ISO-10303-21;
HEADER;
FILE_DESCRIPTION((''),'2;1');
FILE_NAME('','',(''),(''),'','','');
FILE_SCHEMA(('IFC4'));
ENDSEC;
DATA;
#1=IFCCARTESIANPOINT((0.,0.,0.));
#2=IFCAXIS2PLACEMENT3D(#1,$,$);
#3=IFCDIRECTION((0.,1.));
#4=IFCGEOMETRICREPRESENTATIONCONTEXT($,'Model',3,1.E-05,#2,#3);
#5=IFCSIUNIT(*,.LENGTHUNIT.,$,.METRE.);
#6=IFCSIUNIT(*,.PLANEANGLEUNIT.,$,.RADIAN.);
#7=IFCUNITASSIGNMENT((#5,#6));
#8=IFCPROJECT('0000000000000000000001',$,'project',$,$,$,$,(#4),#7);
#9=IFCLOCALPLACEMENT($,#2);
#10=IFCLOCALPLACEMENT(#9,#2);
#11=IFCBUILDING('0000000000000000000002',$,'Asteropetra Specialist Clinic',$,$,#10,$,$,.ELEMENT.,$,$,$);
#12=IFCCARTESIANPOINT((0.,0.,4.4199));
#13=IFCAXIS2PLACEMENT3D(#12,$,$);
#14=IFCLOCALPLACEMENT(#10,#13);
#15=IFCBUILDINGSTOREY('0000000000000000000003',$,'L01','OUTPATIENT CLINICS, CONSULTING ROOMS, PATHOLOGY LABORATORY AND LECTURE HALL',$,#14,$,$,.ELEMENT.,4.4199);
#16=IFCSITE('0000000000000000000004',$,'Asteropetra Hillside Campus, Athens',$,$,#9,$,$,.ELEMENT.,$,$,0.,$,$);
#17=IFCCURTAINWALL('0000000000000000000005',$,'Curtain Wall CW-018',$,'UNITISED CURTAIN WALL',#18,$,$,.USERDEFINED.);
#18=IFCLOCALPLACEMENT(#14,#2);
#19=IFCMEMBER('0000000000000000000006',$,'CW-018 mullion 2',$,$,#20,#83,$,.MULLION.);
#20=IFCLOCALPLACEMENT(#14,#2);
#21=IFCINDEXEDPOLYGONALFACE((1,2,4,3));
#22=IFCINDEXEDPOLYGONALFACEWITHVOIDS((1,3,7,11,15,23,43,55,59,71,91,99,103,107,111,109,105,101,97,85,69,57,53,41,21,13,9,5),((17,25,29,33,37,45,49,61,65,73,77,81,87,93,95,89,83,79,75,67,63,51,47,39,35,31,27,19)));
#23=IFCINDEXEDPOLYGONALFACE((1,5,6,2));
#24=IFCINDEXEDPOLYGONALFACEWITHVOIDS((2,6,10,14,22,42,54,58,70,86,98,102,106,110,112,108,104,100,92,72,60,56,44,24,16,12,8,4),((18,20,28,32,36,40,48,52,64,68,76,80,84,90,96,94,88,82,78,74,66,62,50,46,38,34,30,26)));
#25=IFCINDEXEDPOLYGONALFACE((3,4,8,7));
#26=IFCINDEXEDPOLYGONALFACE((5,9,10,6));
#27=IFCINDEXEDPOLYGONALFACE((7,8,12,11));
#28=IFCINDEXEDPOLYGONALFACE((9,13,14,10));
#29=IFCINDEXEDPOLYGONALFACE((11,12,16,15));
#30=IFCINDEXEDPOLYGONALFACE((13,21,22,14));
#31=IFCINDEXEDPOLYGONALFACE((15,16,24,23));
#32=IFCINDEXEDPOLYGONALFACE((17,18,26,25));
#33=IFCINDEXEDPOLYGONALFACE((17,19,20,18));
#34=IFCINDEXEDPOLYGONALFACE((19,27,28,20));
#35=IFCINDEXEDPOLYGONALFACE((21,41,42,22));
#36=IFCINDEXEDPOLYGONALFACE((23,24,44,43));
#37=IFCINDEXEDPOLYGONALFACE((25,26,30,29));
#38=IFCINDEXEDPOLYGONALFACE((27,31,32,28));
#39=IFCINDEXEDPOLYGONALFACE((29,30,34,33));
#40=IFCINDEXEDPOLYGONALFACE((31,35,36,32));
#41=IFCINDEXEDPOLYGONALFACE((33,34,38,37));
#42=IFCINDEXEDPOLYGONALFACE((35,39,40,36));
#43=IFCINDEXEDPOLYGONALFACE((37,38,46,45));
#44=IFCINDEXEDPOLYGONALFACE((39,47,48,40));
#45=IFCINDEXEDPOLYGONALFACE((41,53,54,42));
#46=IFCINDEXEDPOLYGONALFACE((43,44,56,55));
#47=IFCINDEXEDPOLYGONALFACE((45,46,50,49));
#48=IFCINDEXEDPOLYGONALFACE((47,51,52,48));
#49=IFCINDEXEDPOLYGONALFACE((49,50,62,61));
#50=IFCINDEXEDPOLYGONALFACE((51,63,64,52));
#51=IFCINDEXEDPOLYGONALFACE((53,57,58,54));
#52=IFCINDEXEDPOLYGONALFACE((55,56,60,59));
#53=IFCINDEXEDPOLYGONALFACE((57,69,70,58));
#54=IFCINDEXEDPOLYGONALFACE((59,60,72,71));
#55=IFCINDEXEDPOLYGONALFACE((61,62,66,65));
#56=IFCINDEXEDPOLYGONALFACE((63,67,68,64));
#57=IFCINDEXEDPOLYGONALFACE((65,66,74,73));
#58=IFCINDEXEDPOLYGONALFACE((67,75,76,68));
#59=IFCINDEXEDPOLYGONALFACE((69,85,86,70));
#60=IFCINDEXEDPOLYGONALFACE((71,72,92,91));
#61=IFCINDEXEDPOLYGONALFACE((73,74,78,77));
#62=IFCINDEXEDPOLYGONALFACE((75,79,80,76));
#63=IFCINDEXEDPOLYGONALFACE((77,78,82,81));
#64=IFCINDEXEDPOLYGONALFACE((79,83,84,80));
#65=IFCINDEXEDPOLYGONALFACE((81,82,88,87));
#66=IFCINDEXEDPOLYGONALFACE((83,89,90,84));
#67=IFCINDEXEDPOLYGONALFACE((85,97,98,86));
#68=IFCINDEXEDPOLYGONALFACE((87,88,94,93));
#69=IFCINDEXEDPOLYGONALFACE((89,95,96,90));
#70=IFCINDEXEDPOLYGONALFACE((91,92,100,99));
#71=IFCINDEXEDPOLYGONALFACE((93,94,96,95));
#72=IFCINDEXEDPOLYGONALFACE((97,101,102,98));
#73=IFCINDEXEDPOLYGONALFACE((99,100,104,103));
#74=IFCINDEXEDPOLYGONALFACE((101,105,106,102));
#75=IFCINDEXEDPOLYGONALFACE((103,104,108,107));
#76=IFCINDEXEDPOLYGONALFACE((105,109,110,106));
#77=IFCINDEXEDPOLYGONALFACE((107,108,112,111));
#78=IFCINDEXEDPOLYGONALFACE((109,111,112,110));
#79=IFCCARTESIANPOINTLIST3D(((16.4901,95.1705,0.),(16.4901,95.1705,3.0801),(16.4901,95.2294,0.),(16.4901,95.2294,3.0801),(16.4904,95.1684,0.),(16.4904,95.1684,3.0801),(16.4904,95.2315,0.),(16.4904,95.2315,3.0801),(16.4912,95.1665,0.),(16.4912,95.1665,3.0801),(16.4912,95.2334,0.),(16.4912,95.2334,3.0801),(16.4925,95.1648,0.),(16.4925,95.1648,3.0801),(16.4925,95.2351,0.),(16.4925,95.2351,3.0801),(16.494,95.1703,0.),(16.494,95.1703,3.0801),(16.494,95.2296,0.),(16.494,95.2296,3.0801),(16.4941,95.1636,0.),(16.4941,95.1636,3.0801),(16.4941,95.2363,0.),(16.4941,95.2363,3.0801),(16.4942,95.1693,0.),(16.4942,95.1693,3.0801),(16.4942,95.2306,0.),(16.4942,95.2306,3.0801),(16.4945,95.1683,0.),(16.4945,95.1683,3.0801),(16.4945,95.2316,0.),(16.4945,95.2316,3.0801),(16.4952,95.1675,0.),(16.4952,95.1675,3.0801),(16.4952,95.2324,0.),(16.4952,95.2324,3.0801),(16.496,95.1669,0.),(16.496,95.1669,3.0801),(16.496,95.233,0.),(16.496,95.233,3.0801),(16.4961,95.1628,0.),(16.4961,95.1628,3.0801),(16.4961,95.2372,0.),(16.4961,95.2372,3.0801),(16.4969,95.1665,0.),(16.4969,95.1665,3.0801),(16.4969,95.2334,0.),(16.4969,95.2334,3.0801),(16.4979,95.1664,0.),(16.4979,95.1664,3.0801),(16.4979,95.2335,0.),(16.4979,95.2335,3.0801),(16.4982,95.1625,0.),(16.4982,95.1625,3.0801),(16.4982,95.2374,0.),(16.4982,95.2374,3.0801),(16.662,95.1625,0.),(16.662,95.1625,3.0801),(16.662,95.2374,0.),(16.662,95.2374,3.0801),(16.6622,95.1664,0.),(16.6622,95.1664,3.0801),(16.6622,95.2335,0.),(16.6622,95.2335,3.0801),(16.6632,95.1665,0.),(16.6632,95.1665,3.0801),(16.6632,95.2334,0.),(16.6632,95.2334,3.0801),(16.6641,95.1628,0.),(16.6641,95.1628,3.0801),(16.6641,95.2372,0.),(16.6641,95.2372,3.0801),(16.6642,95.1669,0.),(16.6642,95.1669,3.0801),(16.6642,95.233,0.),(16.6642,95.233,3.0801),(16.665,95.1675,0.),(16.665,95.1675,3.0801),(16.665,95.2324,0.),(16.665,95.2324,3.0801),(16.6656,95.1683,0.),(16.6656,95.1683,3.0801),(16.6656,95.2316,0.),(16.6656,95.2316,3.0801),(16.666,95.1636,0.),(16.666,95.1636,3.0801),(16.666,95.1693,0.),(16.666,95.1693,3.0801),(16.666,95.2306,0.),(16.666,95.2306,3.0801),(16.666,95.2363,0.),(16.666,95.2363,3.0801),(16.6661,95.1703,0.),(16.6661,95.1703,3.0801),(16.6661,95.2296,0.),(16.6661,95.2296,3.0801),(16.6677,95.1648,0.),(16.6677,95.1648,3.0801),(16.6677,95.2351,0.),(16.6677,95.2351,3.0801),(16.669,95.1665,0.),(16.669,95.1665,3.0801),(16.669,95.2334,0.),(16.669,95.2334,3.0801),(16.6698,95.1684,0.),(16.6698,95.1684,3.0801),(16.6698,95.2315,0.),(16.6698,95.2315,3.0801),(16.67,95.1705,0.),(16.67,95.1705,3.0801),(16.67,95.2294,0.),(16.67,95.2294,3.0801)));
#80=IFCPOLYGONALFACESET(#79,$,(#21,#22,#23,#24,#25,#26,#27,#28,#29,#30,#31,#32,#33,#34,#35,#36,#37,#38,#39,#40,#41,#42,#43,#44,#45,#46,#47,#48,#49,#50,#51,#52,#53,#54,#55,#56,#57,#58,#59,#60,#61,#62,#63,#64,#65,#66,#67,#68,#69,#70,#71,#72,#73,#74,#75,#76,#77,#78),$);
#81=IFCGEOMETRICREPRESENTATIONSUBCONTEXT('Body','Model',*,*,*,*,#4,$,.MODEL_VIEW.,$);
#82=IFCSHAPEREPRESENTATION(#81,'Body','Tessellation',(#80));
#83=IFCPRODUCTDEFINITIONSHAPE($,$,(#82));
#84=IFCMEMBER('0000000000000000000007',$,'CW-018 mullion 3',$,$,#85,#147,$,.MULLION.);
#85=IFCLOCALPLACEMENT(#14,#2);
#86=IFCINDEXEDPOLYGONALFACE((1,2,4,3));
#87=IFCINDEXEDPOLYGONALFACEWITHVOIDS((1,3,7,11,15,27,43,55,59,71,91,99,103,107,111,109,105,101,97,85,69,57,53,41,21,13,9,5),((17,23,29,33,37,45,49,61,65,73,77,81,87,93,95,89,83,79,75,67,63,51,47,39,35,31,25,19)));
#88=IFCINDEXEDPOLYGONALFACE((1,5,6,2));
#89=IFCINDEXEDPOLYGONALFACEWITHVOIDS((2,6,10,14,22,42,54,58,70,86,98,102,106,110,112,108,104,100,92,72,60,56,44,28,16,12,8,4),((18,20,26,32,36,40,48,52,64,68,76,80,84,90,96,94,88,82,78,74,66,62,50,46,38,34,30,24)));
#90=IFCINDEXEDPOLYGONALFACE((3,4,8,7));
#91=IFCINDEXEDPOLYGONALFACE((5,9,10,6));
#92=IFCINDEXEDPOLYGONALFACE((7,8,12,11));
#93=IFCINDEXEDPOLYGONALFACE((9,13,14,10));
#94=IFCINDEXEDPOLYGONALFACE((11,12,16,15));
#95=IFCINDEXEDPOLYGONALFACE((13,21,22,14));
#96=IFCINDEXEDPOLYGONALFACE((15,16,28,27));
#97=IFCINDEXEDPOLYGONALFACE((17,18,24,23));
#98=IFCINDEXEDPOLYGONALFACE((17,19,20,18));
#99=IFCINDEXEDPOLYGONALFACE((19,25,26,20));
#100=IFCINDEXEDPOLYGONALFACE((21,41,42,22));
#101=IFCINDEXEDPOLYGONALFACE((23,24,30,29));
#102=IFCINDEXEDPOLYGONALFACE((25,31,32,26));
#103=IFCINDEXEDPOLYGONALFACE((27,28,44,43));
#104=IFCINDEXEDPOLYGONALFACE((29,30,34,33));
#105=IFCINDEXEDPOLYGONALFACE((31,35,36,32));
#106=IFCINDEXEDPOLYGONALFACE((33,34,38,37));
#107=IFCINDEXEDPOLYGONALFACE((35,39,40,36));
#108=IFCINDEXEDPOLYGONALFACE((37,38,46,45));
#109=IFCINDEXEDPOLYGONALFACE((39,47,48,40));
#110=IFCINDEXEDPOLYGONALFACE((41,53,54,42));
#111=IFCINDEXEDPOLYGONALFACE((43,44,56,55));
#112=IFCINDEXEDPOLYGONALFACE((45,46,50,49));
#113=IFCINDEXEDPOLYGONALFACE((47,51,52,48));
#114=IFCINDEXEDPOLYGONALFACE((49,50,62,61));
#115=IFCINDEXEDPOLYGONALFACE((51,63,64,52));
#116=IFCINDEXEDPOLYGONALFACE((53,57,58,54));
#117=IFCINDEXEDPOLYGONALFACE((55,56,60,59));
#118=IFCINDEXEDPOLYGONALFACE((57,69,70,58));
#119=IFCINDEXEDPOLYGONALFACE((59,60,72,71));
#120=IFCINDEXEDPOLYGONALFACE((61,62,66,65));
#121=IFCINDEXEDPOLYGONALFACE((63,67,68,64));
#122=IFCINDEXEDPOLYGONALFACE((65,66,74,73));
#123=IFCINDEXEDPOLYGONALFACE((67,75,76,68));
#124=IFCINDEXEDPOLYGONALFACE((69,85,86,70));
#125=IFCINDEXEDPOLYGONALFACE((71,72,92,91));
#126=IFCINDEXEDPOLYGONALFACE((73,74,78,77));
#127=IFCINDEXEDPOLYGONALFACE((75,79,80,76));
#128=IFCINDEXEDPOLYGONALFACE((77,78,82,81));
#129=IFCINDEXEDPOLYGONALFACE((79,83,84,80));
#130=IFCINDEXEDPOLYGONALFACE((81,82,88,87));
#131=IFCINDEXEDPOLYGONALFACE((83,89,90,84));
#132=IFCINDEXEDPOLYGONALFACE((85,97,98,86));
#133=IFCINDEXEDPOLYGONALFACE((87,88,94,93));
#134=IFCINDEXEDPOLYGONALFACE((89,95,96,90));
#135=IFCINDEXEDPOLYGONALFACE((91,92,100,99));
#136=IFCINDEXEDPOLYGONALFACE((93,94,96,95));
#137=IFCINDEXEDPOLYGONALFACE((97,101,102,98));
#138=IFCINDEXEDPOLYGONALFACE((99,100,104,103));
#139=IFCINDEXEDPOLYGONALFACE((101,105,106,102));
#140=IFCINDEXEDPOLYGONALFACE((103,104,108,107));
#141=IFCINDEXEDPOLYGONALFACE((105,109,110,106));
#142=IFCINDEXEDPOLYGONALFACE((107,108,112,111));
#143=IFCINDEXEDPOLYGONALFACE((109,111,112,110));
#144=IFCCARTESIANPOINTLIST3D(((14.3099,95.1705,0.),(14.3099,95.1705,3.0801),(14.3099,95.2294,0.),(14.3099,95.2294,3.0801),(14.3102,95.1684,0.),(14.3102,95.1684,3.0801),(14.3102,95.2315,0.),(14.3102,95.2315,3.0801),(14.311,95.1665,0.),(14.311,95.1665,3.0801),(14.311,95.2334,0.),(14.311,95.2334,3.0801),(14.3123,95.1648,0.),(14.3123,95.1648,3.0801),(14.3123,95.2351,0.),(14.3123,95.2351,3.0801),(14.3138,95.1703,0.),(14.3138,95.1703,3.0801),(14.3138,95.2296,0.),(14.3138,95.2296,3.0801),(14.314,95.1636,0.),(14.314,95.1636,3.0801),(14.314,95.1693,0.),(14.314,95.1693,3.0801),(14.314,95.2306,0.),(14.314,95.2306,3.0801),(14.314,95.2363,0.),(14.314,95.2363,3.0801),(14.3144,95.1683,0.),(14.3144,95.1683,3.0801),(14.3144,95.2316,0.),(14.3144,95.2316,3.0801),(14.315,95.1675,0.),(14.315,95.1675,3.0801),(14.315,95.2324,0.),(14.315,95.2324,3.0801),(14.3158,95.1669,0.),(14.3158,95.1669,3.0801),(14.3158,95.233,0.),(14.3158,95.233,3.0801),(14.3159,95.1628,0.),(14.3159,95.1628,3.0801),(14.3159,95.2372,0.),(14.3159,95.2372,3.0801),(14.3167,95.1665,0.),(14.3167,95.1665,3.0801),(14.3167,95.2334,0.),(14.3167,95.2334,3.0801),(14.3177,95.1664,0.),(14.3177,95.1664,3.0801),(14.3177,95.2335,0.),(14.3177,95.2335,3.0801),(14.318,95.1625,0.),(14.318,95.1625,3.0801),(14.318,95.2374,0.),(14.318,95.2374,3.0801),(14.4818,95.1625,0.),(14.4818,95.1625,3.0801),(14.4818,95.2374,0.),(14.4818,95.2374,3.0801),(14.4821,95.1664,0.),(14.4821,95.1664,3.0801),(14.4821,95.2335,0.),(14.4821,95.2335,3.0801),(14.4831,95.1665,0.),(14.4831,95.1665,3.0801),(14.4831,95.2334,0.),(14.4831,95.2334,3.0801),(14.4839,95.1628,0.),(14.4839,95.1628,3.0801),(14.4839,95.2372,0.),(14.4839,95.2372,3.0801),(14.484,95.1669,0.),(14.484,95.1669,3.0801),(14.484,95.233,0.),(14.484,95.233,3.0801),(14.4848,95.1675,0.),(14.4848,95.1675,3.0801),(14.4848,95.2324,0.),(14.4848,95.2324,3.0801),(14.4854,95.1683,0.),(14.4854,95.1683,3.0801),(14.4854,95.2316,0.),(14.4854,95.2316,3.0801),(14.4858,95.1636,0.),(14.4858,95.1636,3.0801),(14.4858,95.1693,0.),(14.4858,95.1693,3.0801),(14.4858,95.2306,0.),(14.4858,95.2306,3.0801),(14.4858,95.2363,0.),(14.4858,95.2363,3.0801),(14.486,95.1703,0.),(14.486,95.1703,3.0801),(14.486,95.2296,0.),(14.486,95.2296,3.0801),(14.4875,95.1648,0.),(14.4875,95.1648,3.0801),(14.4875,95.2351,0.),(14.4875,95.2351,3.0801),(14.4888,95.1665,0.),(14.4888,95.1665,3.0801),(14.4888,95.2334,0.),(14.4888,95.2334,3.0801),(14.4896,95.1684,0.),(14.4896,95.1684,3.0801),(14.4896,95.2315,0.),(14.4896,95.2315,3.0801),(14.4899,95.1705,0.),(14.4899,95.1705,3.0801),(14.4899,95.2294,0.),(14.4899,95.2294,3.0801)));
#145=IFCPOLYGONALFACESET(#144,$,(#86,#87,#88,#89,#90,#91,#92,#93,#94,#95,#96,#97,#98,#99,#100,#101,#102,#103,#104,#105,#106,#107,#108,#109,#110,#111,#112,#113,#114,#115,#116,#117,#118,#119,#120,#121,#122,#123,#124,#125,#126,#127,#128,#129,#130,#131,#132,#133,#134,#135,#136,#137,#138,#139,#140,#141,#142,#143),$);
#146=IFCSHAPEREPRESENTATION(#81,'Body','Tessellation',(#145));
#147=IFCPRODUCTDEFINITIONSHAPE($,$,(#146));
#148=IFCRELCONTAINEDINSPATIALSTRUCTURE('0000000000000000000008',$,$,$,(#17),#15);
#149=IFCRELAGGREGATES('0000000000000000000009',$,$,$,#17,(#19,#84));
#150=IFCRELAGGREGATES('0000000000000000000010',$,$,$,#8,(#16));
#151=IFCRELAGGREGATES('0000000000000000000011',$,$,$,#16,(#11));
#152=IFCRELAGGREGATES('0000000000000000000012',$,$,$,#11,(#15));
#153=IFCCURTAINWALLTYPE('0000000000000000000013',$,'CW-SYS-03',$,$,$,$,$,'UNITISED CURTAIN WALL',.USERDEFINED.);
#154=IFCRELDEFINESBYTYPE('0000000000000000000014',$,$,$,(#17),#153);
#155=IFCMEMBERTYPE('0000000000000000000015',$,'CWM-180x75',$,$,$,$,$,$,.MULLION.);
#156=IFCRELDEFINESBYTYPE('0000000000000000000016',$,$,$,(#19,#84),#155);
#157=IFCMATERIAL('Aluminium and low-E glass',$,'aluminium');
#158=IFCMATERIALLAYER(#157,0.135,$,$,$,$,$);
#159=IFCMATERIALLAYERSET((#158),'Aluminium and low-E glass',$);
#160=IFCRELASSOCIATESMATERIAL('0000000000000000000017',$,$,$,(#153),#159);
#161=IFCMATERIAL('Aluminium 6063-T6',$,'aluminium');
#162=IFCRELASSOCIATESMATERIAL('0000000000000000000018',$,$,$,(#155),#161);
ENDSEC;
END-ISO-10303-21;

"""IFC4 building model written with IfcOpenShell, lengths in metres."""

from ifc_helpers import new_model, si_unit, direction, frame, origin, origin_2d, place, context, subcontext, project, spatial, hollow_rectangle, extrude, material, layer, layer_set, material_profile, profile_set, type_object, element, aggregate, save


model = new_model("IFC4")

# Units and contexts
model_context = context("Model", 3, precision=1e-05, world=origin(), true_north=direction((0.0, 1.0)))
body_context = subcontext(model_context, "Body", "Model", "MODEL_VIEW")
ifc_project = project(units=[si_unit("LENGTHUNIT", "METRE"), si_unit("PLANEANGLEUNIT", "RADIAN")], contexts=[model_context])

# Site, building, storey
site_placement = place(None, origin())
site = spatial("IfcSite", under=ifc_project, at=site_placement, Name="Asteropetra Hillside Campus, Athens", CompositionType="ELEMENT", RefElevation=0.0)
building_placement = place(site_placement, origin())
building = spatial("IfcBuilding", under=site, at=building_placement, Name="Asteropetra Specialist Clinic", CompositionType="ELEMENT")
storey_placement = place(building_placement, frame((0.0, 0.0, 4.4199)))
storey = spatial("IfcBuildingStorey", under=building, at=storey_placement, Name="L01", Description="OUTPATIENT CLINICS, CONSULTING ROOMS, PATHOLOGY LABORATORY AND LECTURE HALL", CompositionType="ELEMENT", Elevation=4.4199)

# Curtain wall, members
ifc_material_1 = material(Name="Aluminium and low-E glass", Category="aluminium")
ifc_layer_1 = layer(ifc_material_1, 0.135)
ifc_layer_set_1 = layer_set([ifc_layer_1], Name="Aluminium and low-E glass")
curtain_wall_type = type_object("IfcCurtainWallType", Name="CW-SYS-03", ElementType="UNITISED CURTAIN WALL", PredefinedType="USERDEFINED", material=ifc_layer_set_1)
curtain_wall_placement = place(storey_placement, origin())
curtain_wall = element("IfcCurtainWall", 1, at=curtain_wall_placement, inside=storey, type_object=curtain_wall_type, Name="Curtain Wall CW-018", ObjectType="UNITISED CURTAIN WALL", PredefinedType="USERDEFINED")
ifc_material_2 = material(Name="Aluminium 6063-T6", Category="aluminium")
ifc_material_profile_1 = material_profile(ifc_material_2, hollow_rectangle(XDim=0.075, YDim=0.1799, WallThickness=0.0039, InnerFilletRadius=0.0039, OuterFilletRadius=0.0081, at=origin_2d()), Name="MUL 180x75x4.0")
ifc_profile_set_1 = profile_set([ifc_material_profile_1], Name="Aluminium 6063-T6")
member_type_1 = type_object("IfcMemberType", Name="CWM-180x75", PredefinedType="MULLION", material=ifc_profile_set_1)
member_1_placement = place(storey_placement, frame((16.5801, 95.2, 0.0), z_axis=(0.0, 0.0, 1.0), x_axis=(0.0, -1.0, 0.0)))
member_1 = element("IfcMember", 2, at=member_1_placement, type_object=member_type_1, Name="CW-018 mullion 2", PredefinedType="MULLION", context=body_context, shape_type="SweptSolid", body=[
    extrude(hollow_rectangle(XDim=0.075, YDim=0.1799, WallThickness=0.0039, InnerFilletRadius=0.0039, OuterFilletRadius=0.0081, at=origin_2d()), origin(), (0.0, 0.0, 1.0), 3.0801),
])
member_2_placement = place(storey_placement, frame((14.3999, 95.2, 0.0), z_axis=(0.0, 0.0, 1.0), x_axis=(0.0, -1.0, 0.0)))
member_2 = element("IfcMember", 3, at=member_2_placement, type_object=member_type_1, Name="CW-018 mullion 3", PredefinedType="MULLION", context=body_context, shape_type="SweptSolid", body=[
    extrude(hollow_rectangle(XDim=0.075, YDim=0.1799, WallThickness=0.0039, InnerFilletRadius=0.0039, OuterFilletRadius=0.0081, at=origin_2d()), origin(), (0.0, 0.0, 1.0), 3.0801),
])
aggregate(curtain_wall, [member_1, member_2])

save(model, "model.ifc")
